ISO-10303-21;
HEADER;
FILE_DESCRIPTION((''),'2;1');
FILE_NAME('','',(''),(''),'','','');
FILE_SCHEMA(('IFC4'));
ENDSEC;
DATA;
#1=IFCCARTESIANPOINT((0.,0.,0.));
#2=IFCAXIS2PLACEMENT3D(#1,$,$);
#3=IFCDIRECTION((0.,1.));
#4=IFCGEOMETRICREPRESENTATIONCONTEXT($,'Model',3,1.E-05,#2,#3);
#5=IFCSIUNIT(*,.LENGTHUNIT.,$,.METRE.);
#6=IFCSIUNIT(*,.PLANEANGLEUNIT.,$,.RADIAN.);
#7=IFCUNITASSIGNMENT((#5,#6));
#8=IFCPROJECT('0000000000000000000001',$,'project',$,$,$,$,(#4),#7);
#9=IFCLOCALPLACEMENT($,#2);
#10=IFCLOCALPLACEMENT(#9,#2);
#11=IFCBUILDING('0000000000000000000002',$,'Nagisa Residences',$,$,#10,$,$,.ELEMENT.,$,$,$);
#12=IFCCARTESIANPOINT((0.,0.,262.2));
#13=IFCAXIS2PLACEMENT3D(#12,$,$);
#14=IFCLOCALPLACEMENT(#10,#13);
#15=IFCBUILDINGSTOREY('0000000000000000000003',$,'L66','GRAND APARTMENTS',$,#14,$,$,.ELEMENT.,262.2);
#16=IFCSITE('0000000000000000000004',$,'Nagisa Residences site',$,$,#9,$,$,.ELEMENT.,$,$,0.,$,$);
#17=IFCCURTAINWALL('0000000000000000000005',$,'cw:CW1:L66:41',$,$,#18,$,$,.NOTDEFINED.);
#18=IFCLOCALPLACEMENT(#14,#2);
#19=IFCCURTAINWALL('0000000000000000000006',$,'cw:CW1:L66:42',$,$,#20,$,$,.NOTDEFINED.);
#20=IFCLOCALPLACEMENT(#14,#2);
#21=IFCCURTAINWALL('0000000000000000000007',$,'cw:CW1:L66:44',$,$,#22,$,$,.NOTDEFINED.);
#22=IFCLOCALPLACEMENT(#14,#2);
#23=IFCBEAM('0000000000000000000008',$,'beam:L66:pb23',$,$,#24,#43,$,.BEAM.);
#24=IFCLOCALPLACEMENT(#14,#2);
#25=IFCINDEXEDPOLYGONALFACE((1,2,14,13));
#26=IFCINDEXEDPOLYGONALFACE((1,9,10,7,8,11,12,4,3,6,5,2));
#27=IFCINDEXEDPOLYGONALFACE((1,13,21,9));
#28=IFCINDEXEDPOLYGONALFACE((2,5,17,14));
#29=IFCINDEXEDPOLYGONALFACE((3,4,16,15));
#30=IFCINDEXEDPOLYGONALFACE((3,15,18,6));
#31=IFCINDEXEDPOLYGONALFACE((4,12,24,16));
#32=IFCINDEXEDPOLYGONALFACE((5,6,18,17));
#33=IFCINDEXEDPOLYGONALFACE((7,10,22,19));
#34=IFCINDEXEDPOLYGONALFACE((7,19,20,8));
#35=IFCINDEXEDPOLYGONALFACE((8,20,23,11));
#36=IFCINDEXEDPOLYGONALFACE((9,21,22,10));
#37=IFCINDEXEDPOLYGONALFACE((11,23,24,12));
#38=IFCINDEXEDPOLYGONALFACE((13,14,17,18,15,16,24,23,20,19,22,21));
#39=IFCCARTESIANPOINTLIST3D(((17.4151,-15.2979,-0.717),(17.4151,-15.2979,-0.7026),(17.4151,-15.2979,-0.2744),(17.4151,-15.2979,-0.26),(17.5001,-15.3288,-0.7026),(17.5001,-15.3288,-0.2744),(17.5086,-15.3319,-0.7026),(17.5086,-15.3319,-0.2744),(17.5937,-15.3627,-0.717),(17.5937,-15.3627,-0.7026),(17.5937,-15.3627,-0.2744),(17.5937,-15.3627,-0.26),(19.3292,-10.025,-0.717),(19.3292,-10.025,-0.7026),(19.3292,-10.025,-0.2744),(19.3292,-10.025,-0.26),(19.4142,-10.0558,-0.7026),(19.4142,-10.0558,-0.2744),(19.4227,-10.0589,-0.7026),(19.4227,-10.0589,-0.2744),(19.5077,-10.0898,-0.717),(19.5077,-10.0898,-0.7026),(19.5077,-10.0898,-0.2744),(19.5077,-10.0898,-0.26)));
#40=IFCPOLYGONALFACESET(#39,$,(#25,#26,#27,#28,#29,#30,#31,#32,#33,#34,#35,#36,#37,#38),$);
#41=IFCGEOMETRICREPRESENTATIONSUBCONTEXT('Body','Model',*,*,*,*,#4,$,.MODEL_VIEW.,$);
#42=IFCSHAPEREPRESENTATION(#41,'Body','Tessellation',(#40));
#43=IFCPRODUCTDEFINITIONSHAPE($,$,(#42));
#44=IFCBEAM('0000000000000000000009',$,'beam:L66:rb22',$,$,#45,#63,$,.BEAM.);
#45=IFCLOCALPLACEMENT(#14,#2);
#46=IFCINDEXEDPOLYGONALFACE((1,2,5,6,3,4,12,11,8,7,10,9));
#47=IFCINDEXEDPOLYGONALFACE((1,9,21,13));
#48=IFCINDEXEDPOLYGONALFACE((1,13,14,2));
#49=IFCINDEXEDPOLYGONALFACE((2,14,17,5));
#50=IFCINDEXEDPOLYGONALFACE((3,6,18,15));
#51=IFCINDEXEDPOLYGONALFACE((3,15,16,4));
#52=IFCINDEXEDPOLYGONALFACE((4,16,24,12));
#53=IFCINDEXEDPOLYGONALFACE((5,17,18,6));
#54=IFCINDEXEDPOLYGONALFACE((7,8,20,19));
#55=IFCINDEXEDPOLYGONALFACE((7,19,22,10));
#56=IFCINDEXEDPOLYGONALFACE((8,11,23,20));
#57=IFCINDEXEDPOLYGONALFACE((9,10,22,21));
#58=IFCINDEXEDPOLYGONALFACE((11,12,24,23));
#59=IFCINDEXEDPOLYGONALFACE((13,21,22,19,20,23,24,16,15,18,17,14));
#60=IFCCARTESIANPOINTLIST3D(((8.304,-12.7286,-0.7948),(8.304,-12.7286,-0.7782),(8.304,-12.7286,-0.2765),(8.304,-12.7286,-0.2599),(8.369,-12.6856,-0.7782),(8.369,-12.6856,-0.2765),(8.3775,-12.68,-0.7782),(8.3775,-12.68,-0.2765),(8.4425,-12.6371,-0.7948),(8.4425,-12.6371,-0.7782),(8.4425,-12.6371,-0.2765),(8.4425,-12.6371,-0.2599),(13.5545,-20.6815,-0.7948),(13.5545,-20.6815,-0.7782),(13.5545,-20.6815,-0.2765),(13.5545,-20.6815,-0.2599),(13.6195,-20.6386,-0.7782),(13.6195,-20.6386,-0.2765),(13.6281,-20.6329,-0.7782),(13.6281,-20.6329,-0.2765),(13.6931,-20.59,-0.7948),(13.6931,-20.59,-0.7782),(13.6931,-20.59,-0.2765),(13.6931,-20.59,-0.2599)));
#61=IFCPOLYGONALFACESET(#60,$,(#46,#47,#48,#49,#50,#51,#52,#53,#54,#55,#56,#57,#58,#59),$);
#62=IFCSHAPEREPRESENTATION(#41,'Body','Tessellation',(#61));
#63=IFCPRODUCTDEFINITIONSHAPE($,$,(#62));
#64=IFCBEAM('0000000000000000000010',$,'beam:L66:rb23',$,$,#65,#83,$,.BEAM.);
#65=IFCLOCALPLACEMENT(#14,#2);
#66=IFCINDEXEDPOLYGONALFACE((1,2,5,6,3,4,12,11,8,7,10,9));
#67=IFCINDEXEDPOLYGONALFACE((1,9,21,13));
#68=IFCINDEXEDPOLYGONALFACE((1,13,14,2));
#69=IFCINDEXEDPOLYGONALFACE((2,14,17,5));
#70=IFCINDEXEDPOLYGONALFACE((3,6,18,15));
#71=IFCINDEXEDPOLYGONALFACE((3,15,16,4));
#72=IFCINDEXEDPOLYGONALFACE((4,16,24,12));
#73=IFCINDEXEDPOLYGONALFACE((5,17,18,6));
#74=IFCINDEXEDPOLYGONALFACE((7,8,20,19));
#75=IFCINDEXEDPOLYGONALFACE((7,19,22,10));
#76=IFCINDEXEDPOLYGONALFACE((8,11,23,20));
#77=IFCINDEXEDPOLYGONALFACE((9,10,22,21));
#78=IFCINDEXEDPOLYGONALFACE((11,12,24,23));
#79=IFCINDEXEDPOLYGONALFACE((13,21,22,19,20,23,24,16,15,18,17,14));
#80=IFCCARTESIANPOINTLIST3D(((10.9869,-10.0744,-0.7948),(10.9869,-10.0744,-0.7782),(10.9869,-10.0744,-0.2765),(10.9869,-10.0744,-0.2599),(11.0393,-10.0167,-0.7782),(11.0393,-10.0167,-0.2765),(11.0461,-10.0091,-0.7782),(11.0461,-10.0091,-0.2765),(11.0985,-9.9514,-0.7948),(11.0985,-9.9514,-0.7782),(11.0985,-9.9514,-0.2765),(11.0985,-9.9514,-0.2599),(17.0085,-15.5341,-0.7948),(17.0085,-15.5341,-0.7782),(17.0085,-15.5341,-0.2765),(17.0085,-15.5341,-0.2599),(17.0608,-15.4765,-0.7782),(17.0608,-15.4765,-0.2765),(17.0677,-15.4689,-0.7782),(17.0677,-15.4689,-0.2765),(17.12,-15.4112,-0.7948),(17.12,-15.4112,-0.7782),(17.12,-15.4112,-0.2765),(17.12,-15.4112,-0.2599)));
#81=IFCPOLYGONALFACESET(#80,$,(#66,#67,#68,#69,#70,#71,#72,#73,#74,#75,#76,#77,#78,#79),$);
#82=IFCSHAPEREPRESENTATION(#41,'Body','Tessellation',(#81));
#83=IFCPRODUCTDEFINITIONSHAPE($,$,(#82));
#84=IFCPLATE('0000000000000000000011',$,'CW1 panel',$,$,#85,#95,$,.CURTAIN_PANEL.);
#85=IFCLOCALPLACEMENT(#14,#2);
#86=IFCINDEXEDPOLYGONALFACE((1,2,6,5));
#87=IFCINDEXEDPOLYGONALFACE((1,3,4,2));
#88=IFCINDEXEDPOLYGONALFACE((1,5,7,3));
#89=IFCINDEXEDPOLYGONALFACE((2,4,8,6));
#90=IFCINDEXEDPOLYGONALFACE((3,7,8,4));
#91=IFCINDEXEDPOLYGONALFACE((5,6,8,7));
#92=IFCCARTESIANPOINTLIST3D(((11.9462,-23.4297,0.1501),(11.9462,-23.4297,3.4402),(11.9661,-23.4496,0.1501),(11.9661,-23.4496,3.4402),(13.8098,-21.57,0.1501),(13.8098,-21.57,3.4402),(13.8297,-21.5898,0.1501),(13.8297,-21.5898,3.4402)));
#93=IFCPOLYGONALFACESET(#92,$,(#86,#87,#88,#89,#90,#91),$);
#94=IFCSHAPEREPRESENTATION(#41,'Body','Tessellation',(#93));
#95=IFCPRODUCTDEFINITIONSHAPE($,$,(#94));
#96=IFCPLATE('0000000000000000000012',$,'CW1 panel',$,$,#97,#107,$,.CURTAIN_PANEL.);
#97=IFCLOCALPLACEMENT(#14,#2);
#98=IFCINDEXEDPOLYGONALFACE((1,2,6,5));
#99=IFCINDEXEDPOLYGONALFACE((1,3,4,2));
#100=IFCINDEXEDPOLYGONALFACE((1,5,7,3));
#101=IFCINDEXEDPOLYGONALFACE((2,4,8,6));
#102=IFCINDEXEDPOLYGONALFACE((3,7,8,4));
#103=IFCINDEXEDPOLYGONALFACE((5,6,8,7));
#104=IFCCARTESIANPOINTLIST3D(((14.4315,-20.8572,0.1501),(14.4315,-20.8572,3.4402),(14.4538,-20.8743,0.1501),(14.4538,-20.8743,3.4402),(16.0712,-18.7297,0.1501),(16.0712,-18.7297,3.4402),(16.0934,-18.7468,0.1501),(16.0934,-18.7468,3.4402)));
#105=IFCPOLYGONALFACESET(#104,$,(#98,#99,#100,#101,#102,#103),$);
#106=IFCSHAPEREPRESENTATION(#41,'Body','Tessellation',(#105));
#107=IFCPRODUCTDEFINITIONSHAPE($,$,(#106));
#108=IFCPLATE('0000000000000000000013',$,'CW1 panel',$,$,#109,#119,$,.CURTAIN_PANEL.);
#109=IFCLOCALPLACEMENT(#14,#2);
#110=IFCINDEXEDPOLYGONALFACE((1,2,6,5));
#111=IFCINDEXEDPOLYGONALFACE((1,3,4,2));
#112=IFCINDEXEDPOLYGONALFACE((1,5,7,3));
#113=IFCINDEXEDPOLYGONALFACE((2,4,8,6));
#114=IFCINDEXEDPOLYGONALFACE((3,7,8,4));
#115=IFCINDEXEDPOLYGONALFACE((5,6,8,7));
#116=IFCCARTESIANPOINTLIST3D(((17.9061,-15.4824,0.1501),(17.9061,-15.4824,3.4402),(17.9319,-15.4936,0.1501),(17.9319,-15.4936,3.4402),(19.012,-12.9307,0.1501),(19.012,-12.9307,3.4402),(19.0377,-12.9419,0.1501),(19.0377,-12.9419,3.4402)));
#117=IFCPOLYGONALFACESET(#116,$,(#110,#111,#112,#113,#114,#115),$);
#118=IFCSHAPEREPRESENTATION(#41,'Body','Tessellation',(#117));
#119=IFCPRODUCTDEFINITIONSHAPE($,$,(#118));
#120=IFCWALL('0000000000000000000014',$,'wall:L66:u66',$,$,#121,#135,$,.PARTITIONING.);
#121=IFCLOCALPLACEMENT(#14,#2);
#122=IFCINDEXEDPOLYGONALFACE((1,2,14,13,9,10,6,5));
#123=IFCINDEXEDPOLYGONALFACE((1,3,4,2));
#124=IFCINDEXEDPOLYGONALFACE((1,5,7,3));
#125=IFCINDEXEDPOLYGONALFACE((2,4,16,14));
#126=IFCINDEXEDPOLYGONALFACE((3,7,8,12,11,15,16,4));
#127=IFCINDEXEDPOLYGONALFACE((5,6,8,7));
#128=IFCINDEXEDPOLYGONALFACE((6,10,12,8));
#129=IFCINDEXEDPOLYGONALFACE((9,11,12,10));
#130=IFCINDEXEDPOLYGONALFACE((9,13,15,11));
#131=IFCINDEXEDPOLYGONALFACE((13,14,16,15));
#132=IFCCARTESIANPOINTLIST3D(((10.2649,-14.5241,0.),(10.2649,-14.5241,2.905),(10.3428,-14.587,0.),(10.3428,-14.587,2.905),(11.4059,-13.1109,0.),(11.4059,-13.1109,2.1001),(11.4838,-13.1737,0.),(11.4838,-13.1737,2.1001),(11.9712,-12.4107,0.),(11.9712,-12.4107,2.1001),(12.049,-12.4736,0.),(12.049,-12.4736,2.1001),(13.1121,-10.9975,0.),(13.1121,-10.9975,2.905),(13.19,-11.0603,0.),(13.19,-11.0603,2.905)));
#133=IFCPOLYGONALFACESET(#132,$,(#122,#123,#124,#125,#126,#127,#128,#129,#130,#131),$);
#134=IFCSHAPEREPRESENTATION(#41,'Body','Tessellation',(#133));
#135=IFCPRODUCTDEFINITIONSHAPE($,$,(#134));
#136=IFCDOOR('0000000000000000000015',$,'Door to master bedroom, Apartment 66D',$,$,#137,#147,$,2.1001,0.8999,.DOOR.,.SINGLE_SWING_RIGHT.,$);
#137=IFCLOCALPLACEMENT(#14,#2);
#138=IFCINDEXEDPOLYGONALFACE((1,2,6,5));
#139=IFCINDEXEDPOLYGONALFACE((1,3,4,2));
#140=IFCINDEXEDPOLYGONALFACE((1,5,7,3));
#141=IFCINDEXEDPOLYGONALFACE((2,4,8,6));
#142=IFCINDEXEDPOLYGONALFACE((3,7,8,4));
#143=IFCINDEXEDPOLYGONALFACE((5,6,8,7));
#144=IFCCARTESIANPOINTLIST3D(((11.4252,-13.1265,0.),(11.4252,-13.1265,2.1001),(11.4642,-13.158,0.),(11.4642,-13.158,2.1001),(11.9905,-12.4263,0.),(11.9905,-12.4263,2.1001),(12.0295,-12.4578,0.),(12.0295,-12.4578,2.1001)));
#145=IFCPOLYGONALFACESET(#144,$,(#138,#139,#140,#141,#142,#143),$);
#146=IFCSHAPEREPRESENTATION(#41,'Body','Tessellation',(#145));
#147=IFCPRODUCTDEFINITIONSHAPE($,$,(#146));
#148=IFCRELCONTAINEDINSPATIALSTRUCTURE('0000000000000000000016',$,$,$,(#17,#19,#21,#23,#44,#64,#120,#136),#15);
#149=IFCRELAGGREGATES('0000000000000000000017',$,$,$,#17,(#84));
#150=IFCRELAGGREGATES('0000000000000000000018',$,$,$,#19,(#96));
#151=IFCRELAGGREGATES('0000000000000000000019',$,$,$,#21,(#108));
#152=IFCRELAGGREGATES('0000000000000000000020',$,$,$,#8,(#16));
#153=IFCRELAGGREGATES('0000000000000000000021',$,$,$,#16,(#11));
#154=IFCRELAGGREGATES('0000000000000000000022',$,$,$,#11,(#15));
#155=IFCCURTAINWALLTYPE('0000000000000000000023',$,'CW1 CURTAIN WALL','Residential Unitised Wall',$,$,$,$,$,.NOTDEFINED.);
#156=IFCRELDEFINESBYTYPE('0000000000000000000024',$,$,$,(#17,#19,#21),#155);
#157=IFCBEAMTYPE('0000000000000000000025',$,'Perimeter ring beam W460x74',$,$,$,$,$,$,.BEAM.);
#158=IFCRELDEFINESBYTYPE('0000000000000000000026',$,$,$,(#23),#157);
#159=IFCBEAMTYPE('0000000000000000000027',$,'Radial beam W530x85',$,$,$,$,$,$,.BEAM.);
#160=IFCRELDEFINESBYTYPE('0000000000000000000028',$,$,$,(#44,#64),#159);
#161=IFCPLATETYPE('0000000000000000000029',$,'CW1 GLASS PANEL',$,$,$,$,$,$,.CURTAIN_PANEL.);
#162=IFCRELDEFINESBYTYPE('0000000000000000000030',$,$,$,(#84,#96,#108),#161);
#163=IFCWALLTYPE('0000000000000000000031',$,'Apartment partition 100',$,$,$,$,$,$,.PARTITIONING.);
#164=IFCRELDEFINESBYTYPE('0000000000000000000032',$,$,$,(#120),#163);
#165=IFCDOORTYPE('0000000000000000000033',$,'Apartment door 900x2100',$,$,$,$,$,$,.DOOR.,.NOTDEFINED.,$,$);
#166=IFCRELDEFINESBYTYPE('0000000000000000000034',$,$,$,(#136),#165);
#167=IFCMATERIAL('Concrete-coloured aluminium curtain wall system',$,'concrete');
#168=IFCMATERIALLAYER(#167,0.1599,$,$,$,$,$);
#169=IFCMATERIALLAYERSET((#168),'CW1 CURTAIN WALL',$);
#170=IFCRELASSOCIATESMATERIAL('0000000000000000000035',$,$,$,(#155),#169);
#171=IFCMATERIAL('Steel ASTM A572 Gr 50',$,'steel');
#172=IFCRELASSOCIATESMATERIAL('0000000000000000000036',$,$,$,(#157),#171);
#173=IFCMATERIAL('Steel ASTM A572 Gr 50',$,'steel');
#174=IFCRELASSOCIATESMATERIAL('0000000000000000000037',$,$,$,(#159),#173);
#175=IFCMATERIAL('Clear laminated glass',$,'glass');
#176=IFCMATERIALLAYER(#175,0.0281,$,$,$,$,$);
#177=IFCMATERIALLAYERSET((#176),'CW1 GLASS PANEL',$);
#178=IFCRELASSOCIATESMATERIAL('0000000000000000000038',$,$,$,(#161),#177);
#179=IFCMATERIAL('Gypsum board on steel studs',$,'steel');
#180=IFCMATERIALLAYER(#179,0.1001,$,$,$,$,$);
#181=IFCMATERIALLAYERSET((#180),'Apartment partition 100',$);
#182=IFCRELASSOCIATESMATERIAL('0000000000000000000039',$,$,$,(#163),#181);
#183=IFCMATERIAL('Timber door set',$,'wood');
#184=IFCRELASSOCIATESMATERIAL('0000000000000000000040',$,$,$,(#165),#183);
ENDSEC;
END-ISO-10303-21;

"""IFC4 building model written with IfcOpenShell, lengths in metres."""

from ifc_helpers import new_model, si_unit, direction, frame, frame_2d, origin, origin_2d, place, context, subcontext, project, spatial, rectangle, i_section, extrude, material, layer, layer_set, material_profile, profile_set, type_object, element, fill, aggregate, save


model = new_model("IFC4")

# Units and contexts
model_context = context("Model", 3, precision=1e-05, world=origin(), true_north=direction((0.0, 1.0)))
body_context = subcontext(model_context, "Body", "Model", "MODEL_VIEW")
ifc_project = project(units=[si_unit("LENGTHUNIT", "METRE"), si_unit("PLANEANGLEUNIT", "RADIAN")], contexts=[model_context])

# Site, building, storey
site_placement = place(None, origin())
site = spatial("IfcSite", under=ifc_project, at=site_placement, Name="Nagisa Residences site", CompositionType="ELEMENT", RefElevation=0.0)
building_placement = place(site_placement, origin())
building = spatial("IfcBuilding", under=site, at=building_placement, Name="Nagisa Residences", CompositionType="ELEMENT")
storey_placement = place(building_placement, frame((0.0, 0.0, 262.2)))
storey = spatial("IfcBuildingStorey", under=building, at=storey_placement, Name="L66", Description="GRAND APARTMENTS", CompositionType="ELEMENT", Elevation=262.2)

# Curtain walls
ifc_material_1 = material(Name="Concrete-coloured aluminium curtain wall system", Category="concrete")
ifc_layer_1 = layer(ifc_material_1, 0.1599)
ifc_layer_set_1 = layer_set([ifc_layer_1], Name="CW1 CURTAIN WALL")
curtain_wall_type = type_object("IfcCurtainWallType", Name="CW1 CURTAIN WALL", Description="Residential Unitised Wall", PredefinedType="NOTDEFINED", material=ifc_layer_set_1)
curtain_wall_1_placement = place(storey_placement, origin())
curtain_wall_1 = element("IfcCurtainWall", 1, at=curtain_wall_1_placement, inside=storey, type_object=curtain_wall_type, Name="cw:CW1:L66:41", PredefinedType="NOTDEFINED")
curtain_wall_2_placement = place(storey_placement, origin())
curtain_wall_2 = element("IfcCurtainWall", 2, at=curtain_wall_2_placement, inside=storey, type_object=curtain_wall_type, Name="cw:CW1:L66:42", PredefinedType="NOTDEFINED")
curtain_wall_3_placement = place(storey_placement, origin())
curtain_wall_3 = element("IfcCurtainWall", 3, at=curtain_wall_3_placement, inside=storey, type_object=curtain_wall_type, Name="cw:CW1:L66:44", PredefinedType="NOTDEFINED")

# Beams
ifc_material_2 = material(Name="Steel ASTM A572 Gr 50", Category="steel")
ifc_material_profile_1 = material_profile(ifc_material_2, i_section(OverallWidth=0.1899, OverallDepth=0.457, WebThickness=0.009, FlangeThickness=0.0144, at=origin_2d()), Name="W460x74")
ifc_profile_set_1 = profile_set([ifc_material_profile_1], Name="Steel ASTM A572 Gr 50")
beam_type_1 = type_object("IfcBeamType", Name="Perimeter ring beam W460x74", PredefinedType="BEAM", material=ifc_profile_set_1)
beam_1_placement = place(storey_placement, frame((17.5044, -15.3303, -0.4885), z_axis=(0.341212, 0.939986, 0.0), x_axis=(-0.939986, 0.341212, 0.0)))
element("IfcBeam", 4, at=beam_1_placement, inside=storey, type_object=beam_type_1, Name="beam:L66:pb23", PredefinedType="BEAM", context=body_context, shape_type="SweptSolid", body=[
    extrude(i_section(OverallWidth=0.1899, OverallDepth=0.457, WebThickness=0.009, FlangeThickness=0.0144, at=origin_2d()), origin(), (0.0, 0.0, 1.0), 5.6096),
])
ifc_material_3 = material(Name="Steel ASTM A572 Gr 50", Category="steel")
ifc_material_profile_2 = material_profile(ifc_material_3, i_section(OverallWidth=0.166, OverallDepth=0.5349, WebThickness=0.0103, FlangeThickness=0.0166, at=origin_2d()), Name="W530x85")
ifc_profile_set_2 = profile_set([ifc_material_profile_2], Name="Steel ASTM A572 Gr 50")
beam_type_2 = type_object("IfcBeamType", Name="Radial beam W530x85", PredefinedType="BEAM", material=ifc_profile_set_2)
beam_2_placement = place(storey_placement, frame((13.6238, -20.6357, -0.5273), z_axis=(-0.550958, 0.834533, 0.0), x_axis=(-0.834533, -0.550958, 0.0)))
element("IfcBeam", 5, at=beam_2_placement, inside=storey, type_object=beam_type_2, Name="beam:L66:rb22", PredefinedType="BEAM", context=body_context, shape_type="SweptSolid", body=[
    extrude(i_section(OverallWidth=0.166, OverallDepth=0.5349, WebThickness=0.0103, FlangeThickness=0.0166, at=origin_2d()), origin(), (0.0, 0.0, 1.0), 9.5298),
])
beam_3_placement = place(storey_placement, frame((17.0642, -15.4727, -0.5273), z_axis=(-0.740819, 0.671705, 0.0), x_axis=(-0.671705, -0.740819, 0.0)))
element("IfcBeam", 6, at=beam_3_placement, inside=storey, type_object=beam_type_2, Name="beam:L66:rb23", PredefinedType="BEAM", context=body_context, shape_type="SweptSolid", body=[
    extrude(i_section(OverallWidth=0.166, OverallDepth=0.5349, WebThickness=0.0103, FlangeThickness=0.0166, at=origin_2d()), origin(), (0.0, 0.0, 1.0), 8.1282),
])

# Plates
ifc_material_4 = material(Name="Clear laminated glass", Category="glass")
ifc_layer_2 = layer(ifc_material_4, 0.0281)
ifc_layer_set_2 = layer_set([ifc_layer_2], Name="CW1 GLASS PANEL")
plate_type = type_object("IfcPlateType", Name="CW1 GLASS PANEL", PredefinedType="CURTAIN_PANEL", material=ifc_layer_set_2)
plate_1_placement = place(storey_placement, frame((12.8879, -22.5098, 0.1501), z_axis=(0.0, 0.0, 1.0), x_axis=(0.707836, 0.706377, 0.0)))
plate_1 = element("IfcPlate", 7, at=plate_1_placement, type_object=plate_type, Name="CW1 panel", PredefinedType="CURTAIN_PANEL", context=body_context, shape_type="SweptSolid", body=[
    extrude(rectangle(XDim=2.6328, YDim=0.0281, at=origin_2d()), origin(), (0.0, 0.0, 1.0), 3.29),
])
aggregate(curtain_wall_1, [plate_1])
plate_2_placement = place(storey_placement, frame((15.2625, -19.802, 0.1501), z_axis=(0.0, 0.0, 1.0), x_axis=(0.61043, 0.79207, 0.0)))
plate_2 = element("IfcPlate", 8, at=plate_2_placement, type_object=plate_type, Name="CW1 panel", PredefinedType="CURTAIN_PANEL", context=body_context, shape_type="SweptSolid", body=[
    extrude(rectangle(XDim=2.686, YDim=0.0281, at=origin_2d()), origin(), (0.0, 0.0, 1.0), 3.29),
])
aggregate(curtain_wall_2, [plate_2])
plate_3_placement = place(storey_placement, frame((18.4719, -14.2122, 0.1501), z_axis=(0.0, 0.0, 1.0), x_axis=(0.397636, 0.917543, 0.0)))
plate_3 = element("IfcPlate", 9, at=plate_3_placement, type_object=plate_type, Name="CW1 panel", PredefinedType="CURTAIN_PANEL", context=body_context, shape_type="SweptSolid", body=[
    extrude(rectangle(XDim=2.781, YDim=0.0281, at=origin_2d()), origin(), (0.0, 0.0, 1.0), 3.29),
])
aggregate(curtain_wall_3, [plate_3])

# Wall, opening, door
ifc_material_5 = material(Name="Gypsum board on steel studs", Category="steel")
ifc_layer_3 = layer(ifc_material_5, 0.1001)
ifc_layer_set_3 = layer_set([ifc_layer_3], Name="Apartment partition 100")
wall_type_1 = type_object("IfcWallType", Name="Apartment partition 100", PredefinedType="PARTITIONING", material=ifc_layer_set_3)
wall_1_placement = place(storey_placement, frame((10.304, -14.5554, 0.0), z_axis=(0.0, 0.0, 1.0), x_axis=(0.62817, 0.778076, 0.0)))
wall_1 = element("IfcWall", 10, at=wall_1_placement, inside=storey, type_object=wall_type_1, Name="wall:L66:u66", PredefinedType="PARTITIONING", context=body_context, shape_type="SweptSolid", body=[
    extrude(rectangle(XDim=4.5325, YDim=0.1001, at=frame_2d((2.2661, 0.0))), origin(), (0.0, 0.0, 1.0), 2.905),
])
opening_1_placement = place(wall_1_placement, frame((1.8162, 0.0, 0.0)))
opening_1 = element("IfcOpeningElement", 11, at=opening_1_placement, cuts=wall_1, PredefinedType="OPENING", context=body_context, shape_type="SweptSolid", body=[
    extrude(rectangle(XDim=0.8999, YDim=2.1001, at=frame_2d((0.45, 1.05))), frame((0.0, 0.0601, 0.0), z_axis=(0.0, -1.0, 0.0), x_axis=(1.0, 0.0, 0.0)), (0.0, 0.0, 1.0), 0.1201),
])
ifc_material_6 = material(Name="Timber door set", Category="wood")
door_type_1 = type_object("IfcDoorType", Name="Apartment door 900x2100", OperationType="NOTDEFINED", PredefinedType="DOOR", material=ifc_material_6)
door_1_placement = place(opening_1_placement, frame((0.8999, 0.0, 0.0), x_axis=(-1.0, 0.0, 0.0)))
door_1 = element("IfcDoor", 12, at=door_1_placement, inside=storey, type_object=door_type_1, Name="Door to master bedroom, Apartment 66D", OperationType="SINGLE_SWING_RIGHT", OverallHeight=2.1001, OverallWidth=0.8999, PredefinedType="DOOR", context=body_context, shape_type="SweptSolid", body=[
    extrude(rectangle(XDim=0.8999, YDim=2.1001, at=frame_2d((0.45, 1.05))), frame((0.0, 0.0249, 0.0), z_axis=(0.0, -1.0, 0.0), x_axis=(1.0, 0.0, 0.0)), (0.0, 0.0, 1.0), 0.05),
])
fill(opening_1, door_1)

save(model, "model.ifc")
